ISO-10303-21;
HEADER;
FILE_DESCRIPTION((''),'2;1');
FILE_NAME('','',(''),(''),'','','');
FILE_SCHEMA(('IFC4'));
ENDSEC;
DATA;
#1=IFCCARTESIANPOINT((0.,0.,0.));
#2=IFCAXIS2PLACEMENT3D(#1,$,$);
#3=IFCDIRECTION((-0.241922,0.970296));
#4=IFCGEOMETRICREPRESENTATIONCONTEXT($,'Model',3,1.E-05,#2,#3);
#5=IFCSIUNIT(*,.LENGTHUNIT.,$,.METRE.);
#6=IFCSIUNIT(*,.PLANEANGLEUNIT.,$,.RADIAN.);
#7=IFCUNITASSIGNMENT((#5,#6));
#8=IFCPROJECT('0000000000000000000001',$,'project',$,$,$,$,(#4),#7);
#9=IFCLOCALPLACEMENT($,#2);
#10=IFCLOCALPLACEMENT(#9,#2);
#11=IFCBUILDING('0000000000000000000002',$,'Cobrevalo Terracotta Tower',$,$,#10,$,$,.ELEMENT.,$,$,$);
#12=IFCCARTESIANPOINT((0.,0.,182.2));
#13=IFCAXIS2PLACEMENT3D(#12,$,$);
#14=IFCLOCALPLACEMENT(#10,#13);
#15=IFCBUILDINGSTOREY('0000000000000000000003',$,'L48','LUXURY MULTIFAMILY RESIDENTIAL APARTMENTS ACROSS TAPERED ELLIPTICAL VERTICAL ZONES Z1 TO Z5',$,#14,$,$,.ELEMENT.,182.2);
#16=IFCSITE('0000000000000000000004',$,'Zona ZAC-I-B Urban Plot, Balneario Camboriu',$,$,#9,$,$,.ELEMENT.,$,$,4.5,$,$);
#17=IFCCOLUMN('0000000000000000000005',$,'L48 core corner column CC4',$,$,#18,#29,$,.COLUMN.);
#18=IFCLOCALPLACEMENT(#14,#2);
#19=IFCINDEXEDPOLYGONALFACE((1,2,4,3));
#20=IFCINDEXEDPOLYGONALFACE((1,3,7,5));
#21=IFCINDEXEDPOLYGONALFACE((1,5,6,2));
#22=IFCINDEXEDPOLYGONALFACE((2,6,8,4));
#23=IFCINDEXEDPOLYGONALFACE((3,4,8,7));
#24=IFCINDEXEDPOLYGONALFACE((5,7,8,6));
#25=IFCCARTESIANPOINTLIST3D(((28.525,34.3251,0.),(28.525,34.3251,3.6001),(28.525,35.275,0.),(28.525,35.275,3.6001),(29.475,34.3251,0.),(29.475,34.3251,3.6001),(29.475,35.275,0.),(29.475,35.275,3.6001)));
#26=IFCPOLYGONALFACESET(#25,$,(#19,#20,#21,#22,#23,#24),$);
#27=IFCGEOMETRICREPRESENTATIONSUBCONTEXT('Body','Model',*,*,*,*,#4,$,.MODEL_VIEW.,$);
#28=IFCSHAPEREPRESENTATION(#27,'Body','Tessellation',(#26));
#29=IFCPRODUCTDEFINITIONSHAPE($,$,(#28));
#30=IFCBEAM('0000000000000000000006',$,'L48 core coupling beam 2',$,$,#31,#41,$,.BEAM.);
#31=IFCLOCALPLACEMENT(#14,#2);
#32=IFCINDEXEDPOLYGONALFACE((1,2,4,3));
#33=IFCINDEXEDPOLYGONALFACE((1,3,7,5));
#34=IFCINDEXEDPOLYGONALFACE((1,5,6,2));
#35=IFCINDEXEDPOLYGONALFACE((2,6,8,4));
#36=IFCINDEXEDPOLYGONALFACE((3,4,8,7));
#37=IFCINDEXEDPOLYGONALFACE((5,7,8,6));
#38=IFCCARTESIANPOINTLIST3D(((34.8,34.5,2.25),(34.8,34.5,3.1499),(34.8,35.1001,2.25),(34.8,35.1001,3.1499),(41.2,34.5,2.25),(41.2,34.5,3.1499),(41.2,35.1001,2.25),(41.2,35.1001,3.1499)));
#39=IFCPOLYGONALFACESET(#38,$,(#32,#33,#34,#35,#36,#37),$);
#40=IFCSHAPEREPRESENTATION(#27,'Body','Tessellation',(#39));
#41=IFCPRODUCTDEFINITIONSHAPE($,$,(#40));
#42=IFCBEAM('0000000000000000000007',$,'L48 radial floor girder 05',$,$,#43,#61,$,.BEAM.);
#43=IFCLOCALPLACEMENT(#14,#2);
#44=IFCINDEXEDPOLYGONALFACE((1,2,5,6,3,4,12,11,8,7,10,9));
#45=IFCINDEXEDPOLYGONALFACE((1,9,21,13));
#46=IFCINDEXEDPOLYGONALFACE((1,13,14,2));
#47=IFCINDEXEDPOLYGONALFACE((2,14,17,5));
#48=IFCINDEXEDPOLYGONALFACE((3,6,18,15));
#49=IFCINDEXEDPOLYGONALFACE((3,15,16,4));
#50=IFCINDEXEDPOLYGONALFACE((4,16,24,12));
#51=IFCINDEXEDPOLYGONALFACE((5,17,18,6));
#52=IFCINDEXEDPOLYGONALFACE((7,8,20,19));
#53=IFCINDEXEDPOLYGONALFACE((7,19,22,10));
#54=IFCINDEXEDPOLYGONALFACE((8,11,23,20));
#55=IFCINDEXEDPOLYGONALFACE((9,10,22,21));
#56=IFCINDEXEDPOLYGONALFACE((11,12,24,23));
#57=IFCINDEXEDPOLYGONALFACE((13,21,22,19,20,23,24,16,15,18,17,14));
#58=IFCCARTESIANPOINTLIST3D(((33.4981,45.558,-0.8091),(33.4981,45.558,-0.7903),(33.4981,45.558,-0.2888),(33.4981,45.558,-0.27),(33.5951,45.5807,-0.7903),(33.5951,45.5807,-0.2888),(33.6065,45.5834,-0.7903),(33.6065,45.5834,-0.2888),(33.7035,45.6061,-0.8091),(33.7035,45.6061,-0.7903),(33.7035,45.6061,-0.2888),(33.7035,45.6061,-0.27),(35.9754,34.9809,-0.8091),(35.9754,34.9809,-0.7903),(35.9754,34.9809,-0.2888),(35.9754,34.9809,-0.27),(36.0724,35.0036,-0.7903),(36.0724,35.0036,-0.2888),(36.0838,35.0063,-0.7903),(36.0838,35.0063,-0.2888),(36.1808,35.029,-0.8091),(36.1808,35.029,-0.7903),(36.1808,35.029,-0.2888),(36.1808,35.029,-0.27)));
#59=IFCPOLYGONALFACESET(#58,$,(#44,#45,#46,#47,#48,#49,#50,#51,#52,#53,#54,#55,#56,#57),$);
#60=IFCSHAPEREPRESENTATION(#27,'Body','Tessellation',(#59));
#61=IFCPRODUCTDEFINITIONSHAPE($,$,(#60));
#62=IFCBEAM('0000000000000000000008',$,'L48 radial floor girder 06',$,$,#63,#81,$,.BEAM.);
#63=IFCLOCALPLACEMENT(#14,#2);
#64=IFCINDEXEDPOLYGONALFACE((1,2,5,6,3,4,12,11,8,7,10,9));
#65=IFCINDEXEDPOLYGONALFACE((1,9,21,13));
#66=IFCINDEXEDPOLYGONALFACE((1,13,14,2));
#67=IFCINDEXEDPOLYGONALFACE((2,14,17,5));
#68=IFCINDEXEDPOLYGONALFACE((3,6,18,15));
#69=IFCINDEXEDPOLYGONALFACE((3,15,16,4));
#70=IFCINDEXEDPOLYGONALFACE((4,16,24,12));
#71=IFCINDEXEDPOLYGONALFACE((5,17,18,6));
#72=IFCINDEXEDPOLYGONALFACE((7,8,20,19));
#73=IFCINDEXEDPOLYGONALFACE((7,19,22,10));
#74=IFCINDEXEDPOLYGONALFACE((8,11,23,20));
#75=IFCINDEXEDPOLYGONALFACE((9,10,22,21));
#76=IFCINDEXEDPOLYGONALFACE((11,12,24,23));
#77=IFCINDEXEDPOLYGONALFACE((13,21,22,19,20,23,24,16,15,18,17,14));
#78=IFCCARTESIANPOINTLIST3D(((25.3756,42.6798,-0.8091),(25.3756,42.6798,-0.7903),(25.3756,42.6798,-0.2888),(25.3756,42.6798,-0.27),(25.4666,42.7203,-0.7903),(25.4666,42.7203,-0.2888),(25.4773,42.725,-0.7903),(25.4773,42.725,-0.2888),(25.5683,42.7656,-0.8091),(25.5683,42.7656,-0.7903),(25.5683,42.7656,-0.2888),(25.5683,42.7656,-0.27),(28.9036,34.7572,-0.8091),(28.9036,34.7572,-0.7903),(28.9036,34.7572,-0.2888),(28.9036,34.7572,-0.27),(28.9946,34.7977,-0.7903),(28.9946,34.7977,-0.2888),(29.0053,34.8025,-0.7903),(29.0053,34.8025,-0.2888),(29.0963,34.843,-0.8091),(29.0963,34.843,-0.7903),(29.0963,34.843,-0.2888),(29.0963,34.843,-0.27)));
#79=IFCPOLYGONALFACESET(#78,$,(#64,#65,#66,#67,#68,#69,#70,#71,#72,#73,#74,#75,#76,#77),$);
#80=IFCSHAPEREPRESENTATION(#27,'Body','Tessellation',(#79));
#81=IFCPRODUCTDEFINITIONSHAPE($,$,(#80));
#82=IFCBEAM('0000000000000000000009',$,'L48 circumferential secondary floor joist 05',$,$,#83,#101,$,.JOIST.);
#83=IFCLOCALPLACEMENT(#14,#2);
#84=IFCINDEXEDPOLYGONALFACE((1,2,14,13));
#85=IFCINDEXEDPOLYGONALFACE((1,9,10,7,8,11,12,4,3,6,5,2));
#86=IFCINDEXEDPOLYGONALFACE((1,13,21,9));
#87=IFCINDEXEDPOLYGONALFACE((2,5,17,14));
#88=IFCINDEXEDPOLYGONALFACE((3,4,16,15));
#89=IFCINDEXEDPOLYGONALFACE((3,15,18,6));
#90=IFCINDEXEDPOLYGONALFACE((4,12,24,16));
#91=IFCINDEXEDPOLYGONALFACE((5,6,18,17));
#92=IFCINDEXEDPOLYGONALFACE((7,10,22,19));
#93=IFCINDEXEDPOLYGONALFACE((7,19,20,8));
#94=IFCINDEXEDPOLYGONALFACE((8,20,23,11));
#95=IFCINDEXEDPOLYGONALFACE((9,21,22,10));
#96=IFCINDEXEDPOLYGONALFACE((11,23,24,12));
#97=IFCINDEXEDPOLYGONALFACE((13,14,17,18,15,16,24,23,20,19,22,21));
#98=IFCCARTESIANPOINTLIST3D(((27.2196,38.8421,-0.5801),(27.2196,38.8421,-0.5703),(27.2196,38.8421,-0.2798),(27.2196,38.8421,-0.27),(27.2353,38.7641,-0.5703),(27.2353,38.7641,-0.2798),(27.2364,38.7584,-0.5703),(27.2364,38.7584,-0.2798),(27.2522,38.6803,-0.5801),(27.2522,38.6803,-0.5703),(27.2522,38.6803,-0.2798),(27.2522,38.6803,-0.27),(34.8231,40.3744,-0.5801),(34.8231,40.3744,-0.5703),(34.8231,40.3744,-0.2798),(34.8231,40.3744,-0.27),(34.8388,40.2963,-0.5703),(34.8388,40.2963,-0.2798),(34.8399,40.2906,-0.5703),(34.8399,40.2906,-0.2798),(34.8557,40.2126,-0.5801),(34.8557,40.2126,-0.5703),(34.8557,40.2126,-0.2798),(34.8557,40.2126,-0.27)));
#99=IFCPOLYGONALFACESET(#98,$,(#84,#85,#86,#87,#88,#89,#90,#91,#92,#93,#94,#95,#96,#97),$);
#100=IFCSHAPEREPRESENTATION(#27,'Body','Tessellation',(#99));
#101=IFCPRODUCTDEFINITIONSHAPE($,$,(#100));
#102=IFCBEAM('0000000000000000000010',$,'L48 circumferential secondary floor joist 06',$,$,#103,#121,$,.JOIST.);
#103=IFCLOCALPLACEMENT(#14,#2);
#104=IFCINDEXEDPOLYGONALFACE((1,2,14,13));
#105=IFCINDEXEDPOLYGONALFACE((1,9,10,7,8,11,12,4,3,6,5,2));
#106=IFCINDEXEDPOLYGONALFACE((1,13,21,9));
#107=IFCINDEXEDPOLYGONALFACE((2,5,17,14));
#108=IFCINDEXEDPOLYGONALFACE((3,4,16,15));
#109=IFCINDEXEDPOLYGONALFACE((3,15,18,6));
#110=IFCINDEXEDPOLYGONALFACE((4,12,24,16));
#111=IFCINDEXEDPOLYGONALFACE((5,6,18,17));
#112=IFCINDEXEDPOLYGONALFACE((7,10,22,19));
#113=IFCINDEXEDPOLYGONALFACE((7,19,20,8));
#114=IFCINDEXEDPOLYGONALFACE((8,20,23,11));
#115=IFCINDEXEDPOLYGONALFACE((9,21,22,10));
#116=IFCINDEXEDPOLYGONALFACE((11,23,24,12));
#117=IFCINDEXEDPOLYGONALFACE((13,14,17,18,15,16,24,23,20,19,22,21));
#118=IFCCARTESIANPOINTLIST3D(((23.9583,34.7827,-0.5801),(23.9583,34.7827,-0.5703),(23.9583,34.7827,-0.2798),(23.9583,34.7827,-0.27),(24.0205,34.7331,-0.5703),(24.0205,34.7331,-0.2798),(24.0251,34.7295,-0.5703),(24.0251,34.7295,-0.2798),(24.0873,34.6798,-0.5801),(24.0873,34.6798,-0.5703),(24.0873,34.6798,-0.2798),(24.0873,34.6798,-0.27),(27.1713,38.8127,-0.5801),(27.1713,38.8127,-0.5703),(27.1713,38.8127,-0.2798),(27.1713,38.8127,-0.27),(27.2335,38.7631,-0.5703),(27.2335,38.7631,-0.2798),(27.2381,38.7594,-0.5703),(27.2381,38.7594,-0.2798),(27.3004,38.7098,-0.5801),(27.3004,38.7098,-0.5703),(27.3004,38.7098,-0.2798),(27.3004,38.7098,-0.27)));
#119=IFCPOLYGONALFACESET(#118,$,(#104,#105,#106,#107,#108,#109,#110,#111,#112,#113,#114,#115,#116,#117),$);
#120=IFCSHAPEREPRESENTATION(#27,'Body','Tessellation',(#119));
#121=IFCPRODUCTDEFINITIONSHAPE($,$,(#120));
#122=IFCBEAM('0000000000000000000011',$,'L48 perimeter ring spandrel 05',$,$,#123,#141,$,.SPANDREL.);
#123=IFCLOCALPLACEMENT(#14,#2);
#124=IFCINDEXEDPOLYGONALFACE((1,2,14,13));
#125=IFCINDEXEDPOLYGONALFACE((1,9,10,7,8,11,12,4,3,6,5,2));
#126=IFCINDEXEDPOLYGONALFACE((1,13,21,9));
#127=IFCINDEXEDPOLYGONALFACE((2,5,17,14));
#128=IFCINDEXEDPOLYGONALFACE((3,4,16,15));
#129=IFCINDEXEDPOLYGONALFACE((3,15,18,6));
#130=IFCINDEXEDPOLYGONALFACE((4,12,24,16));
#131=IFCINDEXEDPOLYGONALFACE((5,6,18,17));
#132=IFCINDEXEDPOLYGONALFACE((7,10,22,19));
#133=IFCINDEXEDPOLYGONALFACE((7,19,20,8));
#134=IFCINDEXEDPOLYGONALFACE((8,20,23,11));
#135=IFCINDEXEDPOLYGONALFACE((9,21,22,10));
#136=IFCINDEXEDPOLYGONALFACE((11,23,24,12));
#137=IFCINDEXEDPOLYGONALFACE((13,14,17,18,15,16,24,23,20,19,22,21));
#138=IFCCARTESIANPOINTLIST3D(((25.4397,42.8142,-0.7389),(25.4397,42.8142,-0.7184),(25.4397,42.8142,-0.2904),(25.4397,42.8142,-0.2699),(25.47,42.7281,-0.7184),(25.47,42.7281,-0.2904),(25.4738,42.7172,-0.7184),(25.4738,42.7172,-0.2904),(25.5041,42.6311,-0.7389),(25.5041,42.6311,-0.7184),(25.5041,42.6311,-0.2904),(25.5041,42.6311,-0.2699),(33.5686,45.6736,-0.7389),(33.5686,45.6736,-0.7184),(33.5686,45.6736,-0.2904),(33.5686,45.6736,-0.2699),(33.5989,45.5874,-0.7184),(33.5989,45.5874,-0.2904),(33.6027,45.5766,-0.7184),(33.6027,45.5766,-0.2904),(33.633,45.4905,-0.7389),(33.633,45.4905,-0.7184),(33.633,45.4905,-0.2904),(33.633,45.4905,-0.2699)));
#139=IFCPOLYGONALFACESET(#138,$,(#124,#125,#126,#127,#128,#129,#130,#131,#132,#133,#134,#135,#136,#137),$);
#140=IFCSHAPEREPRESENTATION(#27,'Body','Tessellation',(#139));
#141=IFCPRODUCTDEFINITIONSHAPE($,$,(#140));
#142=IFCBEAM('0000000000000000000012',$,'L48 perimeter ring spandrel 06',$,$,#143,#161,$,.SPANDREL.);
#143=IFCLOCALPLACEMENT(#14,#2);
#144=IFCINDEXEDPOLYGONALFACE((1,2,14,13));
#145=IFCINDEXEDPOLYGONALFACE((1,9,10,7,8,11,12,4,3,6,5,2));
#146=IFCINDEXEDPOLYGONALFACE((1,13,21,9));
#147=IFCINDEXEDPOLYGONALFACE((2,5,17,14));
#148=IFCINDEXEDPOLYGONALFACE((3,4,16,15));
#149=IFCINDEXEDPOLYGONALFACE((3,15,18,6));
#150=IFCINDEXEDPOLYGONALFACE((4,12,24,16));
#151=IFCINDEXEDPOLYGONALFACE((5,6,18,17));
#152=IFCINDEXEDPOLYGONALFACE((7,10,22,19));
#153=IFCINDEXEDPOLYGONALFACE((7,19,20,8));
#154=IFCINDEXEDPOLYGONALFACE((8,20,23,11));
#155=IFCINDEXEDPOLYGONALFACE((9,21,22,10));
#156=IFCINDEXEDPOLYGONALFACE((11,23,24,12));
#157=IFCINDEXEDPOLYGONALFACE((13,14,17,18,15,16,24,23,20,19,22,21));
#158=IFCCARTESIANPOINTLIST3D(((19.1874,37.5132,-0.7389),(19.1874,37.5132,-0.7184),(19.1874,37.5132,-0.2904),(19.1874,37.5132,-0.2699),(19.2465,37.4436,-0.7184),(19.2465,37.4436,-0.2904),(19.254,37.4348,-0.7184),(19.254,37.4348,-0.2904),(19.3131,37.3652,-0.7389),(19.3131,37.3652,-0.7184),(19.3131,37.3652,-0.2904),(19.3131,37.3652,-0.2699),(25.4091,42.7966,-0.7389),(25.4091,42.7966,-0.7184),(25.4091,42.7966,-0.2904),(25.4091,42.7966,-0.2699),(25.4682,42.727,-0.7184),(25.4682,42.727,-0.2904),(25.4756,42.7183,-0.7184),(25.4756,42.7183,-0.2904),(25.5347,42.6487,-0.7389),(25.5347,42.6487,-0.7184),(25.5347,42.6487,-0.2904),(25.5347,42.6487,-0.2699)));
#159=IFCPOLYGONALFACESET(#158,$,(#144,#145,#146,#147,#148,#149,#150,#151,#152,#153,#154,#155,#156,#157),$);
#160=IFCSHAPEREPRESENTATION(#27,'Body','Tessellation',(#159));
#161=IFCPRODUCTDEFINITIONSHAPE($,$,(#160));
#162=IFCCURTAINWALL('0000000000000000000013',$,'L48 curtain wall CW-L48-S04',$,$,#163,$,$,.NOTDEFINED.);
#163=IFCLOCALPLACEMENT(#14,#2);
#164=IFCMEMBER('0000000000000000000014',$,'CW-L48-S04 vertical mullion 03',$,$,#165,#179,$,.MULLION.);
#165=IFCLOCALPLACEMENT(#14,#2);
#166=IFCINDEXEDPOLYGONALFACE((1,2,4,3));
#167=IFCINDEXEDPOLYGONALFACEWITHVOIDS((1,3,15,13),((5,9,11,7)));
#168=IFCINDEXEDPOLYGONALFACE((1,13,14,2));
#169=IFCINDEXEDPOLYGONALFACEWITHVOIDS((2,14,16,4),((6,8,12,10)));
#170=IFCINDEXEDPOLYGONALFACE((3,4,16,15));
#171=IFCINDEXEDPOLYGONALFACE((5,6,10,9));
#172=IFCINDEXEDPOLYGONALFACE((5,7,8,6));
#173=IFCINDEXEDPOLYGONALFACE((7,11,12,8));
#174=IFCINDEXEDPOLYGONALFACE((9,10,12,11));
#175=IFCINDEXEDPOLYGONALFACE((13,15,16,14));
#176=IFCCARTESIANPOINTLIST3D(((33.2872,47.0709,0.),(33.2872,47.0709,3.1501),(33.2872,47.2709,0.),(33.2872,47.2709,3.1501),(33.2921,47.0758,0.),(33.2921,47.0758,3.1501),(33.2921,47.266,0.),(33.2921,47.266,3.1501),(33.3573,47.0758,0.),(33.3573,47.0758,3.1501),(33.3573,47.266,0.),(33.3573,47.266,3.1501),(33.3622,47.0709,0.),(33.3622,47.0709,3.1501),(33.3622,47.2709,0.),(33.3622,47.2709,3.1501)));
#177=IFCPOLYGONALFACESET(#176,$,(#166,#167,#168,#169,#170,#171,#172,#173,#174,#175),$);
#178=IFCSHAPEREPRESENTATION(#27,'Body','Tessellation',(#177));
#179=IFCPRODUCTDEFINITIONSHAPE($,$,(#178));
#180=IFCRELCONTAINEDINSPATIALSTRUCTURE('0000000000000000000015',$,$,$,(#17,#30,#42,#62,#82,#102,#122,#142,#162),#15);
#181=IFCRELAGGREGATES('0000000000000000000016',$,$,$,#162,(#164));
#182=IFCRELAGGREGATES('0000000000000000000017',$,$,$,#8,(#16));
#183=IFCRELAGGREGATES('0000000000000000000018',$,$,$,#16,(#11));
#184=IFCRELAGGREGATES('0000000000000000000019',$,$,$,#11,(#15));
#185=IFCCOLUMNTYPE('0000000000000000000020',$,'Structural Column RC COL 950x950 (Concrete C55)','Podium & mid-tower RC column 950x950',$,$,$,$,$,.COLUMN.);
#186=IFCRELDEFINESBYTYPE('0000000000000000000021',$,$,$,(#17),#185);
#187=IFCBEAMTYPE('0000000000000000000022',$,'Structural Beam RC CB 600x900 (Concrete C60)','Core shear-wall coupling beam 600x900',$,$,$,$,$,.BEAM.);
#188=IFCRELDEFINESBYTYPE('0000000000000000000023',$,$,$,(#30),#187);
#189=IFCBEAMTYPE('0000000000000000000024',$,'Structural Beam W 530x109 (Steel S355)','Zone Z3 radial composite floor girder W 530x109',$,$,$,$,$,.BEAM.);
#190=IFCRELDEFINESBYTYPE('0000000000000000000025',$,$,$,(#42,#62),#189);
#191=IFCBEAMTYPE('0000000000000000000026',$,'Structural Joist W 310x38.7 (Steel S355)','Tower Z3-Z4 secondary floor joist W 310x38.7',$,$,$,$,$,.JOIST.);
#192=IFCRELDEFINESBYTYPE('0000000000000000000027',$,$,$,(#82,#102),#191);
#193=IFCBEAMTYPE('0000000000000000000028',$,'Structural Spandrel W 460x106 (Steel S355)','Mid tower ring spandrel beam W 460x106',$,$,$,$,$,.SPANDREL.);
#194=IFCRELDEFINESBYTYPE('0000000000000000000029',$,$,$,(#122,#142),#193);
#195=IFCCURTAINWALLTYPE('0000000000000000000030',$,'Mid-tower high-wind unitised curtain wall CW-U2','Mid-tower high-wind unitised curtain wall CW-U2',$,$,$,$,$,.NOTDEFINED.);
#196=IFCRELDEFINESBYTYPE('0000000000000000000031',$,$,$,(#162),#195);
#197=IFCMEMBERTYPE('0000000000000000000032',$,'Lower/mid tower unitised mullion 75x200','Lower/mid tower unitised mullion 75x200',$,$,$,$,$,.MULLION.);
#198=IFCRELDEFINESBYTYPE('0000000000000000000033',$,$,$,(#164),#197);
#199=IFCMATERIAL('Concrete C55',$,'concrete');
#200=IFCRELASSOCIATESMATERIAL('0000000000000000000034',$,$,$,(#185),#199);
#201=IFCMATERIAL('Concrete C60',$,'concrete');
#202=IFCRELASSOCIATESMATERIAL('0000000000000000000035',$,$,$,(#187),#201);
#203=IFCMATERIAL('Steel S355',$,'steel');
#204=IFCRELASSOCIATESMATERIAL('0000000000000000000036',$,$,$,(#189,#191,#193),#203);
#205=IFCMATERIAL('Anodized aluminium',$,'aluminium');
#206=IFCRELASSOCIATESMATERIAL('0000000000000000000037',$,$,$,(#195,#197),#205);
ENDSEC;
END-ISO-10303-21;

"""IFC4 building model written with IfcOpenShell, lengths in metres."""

from ifc_helpers import new_model, si_unit, direction, frame, origin, origin_2d, place, context, subcontext, project, spatial, rectangle, hollow_rectangle, i_section, extrude, source, transform, mapped, material, material_profile, profile_set, type_object, element, aggregate, save


model = new_model("IFC4")

# Units and contexts
model_context = context("Model", 3, precision=1e-05, world=origin(), true_north=direction((-0.241922, 0.970296)))
body_context = subcontext(model_context, "Body", "Model", "MODEL_VIEW")
ifc_project = project(units=[si_unit("LENGTHUNIT", "METRE"), si_unit("PLANEANGLEUNIT", "RADIAN")], contexts=[model_context])

# Site, building, storey
site_placement = place(None, origin())
site = spatial("IfcSite", under=ifc_project, at=site_placement, Name="Zona ZAC-I-B Urban Plot, Balneario Camboriu", CompositionType="ELEMENT", RefElevation=4.5)
building_placement = place(site_placement, origin())
building = spatial("IfcBuilding", under=site, at=building_placement, Name="Cobrevalo Terracotta Tower", CompositionType="ELEMENT")
storey_placement = place(building_placement, frame((0.0, 0.0, 182.2)))
storey = spatial("IfcBuildingStorey", under=building, at=storey_placement, Name="L48", Description="LUXURY MULTIFAMILY RESIDENTIAL APARTMENTS ACROSS TAPERED ELLIPTICAL VERTICAL ZONES Z1 TO Z5", CompositionType="ELEMENT", Elevation=182.2)

# Column
ifc_material_1 = material(Name="Steel S355", Category="steel")
ifc_material_2 = material(Name="Concrete C55", Category="concrete")
ifc_material_profile_1 = material_profile(ifc_material_2, rectangle(XDim=0.95, YDim=0.95, at=origin_2d()), Name="RC COL 950x950")
ifc_profile_set_1 = profile_set([ifc_material_profile_1], Name="Concrete C55")
column_type_1 = type_object("IfcColumnType", Name="Structural Column RC COL 950x950 (Concrete C55)", Description="Podium & mid-tower RC column 950x950", PredefinedType="COLUMN", material=ifc_profile_set_1)
column_placement = place(storey_placement, frame((29.0, 34.8, 0.0), z_axis=(0.0, 0.0, 1.0), x_axis=(1.0, 0.0, 0.0)))
element("IfcColumn", 1, at=column_placement, inside=storey, type_object=column_type_1, Name="L48 core corner column CC4", PredefinedType="COLUMN", context=body_context, shape_type="SweptSolid", body=[
    extrude(rectangle(XDim=0.95, YDim=0.95, at=origin_2d()), origin(), (0.0, 0.0, 1.0), 3.6001),
])

# Beams
ifc_material_3 = material(Name="Concrete C60", Category="concrete")
ifc_material_profile_2 = material_profile(ifc_material_3, rectangle(XDim=0.6001, YDim=0.8999, at=origin_2d()), Name="RC CB 600x900")
ifc_profile_set_2 = profile_set([ifc_material_profile_2], Name="Concrete C60")
beam_type_1 = type_object("IfcBeamType", Name="Structural Beam RC CB 600x900 (Concrete C60)", Description="Core shear-wall coupling beam 600x900", PredefinedType="BEAM", material=ifc_profile_set_2)
beam_1_placement = place(storey_placement, frame((34.8, 34.8, 2.7), z_axis=(1.0, 0.0, 0.0), x_axis=(0.0, 1.0, 0.0)))
element("IfcBeam", 2, at=beam_1_placement, inside=storey, type_object=beam_type_1, Name="L48 core coupling beam 2", PredefinedType="BEAM", context=body_context, shape_type="SweptSolid", body=[
    extrude(rectangle(XDim=0.6001, YDim=0.8999, at=origin_2d()), origin(), (0.0, 0.0, 1.0), 6.3999),
])
ifc_material_profile_3 = material_profile(ifc_material_1, i_section(OverallWidth=0.2109, OverallDepth=0.5391, WebThickness=0.0117, FlangeThickness=0.0188, at=origin_2d()), Name="W 530x109")
ifc_profile_set_3 = profile_set([ifc_material_profile_3], Name="Steel S355")
beam_type_2 = type_object("IfcBeamType", Name="Structural Beam W 530x109 (Steel S355)", Description="Zone Z3 radial composite floor girder W 530x109", PredefinedType="BEAM", material=ifc_profile_set_3)
beam_2_placement = place(storey_placement, frame((33.6008, 45.582, -0.5396), z_axis=(0.228041, -0.973652, 0.0), x_axis=(0.973652, 0.228041, 0.0)))
element("IfcBeam", 3, at=beam_2_placement, inside=storey, type_object=beam_type_2, Name="L48 radial floor girder 05", PredefinedType="BEAM", context=body_context, shape_type="SweptSolid", body=[
    extrude(i_section(OverallWidth=0.2109, OverallDepth=0.5391, WebThickness=0.0117, FlangeThickness=0.0188, at=origin_2d()), origin(), (0.0, 0.0, 1.0), 10.8633),
])
beam_3_placement = place(storey_placement, frame((25.4719, 42.7227, -0.5396), z_axis=(0.406804, -0.913515, 0.0), x_axis=(0.913515, 0.406804, 0.0)))
element("IfcBeam", 4, at=beam_3_placement, inside=storey, type_object=beam_type_2, Name="L48 radial floor girder 06", PredefinedType="BEAM", context=body_context, shape_type="SweptSolid", body=[
    extrude(i_section(OverallWidth=0.2109, OverallDepth=0.5391, WebThickness=0.0117, FlangeThickness=0.0188, at=origin_2d()), origin(), (0.0, 0.0, 1.0), 8.6726),
])
ifc_material_profile_4 = material_profile(ifc_material_1, i_section(OverallWidth=0.165, OverallDepth=0.3101, WebThickness=0.0059, FlangeThickness=0.0098, at=origin_2d()), Name="W 310x38.7")
ifc_profile_set_4 = profile_set([ifc_material_profile_4], Name="Steel S355")
beam_type_3 = type_object("IfcBeamType", Name="Structural Joist W 310x38.7 (Steel S355)", Description="Tower Z3-Z4 secondary floor joist W 310x38.7", PredefinedType="JOIST", material=ifc_profile_set_4)
beam_4_placement = place(storey_placement, frame((34.8394, 40.2935, -0.425), z_axis=(-0.980294, -0.197544, 0.0), x_axis=(0.197544, -0.980294, 0.0)))
element("IfcBeam", 5, at=beam_4_placement, inside=storey, type_object=beam_type_3, Name="L48 circumferential secondary floor joist 05", PredefinedType="JOIST", context=body_context, shape_type="SweptSolid", body=[
    extrude(i_section(OverallWidth=0.165, OverallDepth=0.3101, WebThickness=0.0059, FlangeThickness=0.0098, at=origin_2d()), origin(), (0.0, 0.0, 1.0), 7.7563),
])
beam_5_placement = place(storey_placement, frame((27.2358, 38.7612, -0.425), z_axis=(-0.623406, -0.781898, 0.0), x_axis=(0.781898, -0.623406, 0.0)))
element("IfcBeam", 6, at=beam_5_placement, inside=storey, type_object=beam_type_3, Name="L48 circumferential secondary floor joist 06", PredefinedType="JOIST", context=body_context, shape_type="SweptSolid", body=[
    extrude(i_section(OverallWidth=0.165, OverallDepth=0.3101, WebThickness=0.0059, FlangeThickness=0.0098, at=origin_2d()), origin(), (0.0, 0.0, 1.0), 5.1541),
])
ifc_material_profile_5 = material_profile(ifc_material_1, i_section(OverallWidth=0.1941, OverallDepth=0.469, WebThickness=0.0115, FlangeThickness=0.0205, at=origin_2d()), Name="W 460x106")
ifc_profile_set_5 = profile_set([ifc_material_profile_5], Name="Steel S355")
beam_type_4 = type_object("IfcBeamType", Name="Structural Spandrel W 460x106 (Steel S355)", Description="Mid tower ring spandrel beam W 460x106", PredefinedType="SPANDREL", material=ifc_profile_set_5)
beam_6_placement = place(storey_placement, frame((33.6008, 45.582, -0.5044), z_axis=(-0.943341, -0.331824, 0.0), x_axis=(0.331824, -0.943341, 0.0)))
element("IfcBeam", 7, at=beam_6_placement, inside=storey, type_object=beam_type_4, Name="L48 perimeter ring spandrel 05", PredefinedType="SPANDREL", context=body_context, shape_type="SweptSolid", body=[
    extrude(i_section(OverallWidth=0.1941, OverallDepth=0.469, WebThickness=0.0115, FlangeThickness=0.0205, at=origin_2d()), origin(), (0.0, 0.0, 1.0), 8.6172),
])
beam_7_placement = place(storey_placement, frame((25.4719, 42.7227, -0.5044), z_axis=(-0.76224, -0.647294, 0.0), x_axis=(0.647294, -0.76224, 0.0)))
element("IfcBeam", 8, at=beam_7_placement, inside=storey, type_object=beam_type_4, Name="L48 perimeter ring spandrel 06", PredefinedType="SPANDREL", context=body_context, shape_type="SweptSolid", body=[
    extrude(i_section(OverallWidth=0.1941, OverallDepth=0.469, WebThickness=0.0115, FlangeThickness=0.0205, at=origin_2d()), origin(), (0.0, 0.0, 1.0), 8.1624),
])

# Curtain wall, member
ifc_material_4 = material(Name="Anodized aluminium", Category="aluminium")
curtain_wall_type = type_object("IfcCurtainWallType", Name="Mid-tower high-wind unitised curtain wall CW-U2", Description="Mid-tower high-wind unitised curtain wall CW-U2", PredefinedType="NOTDEFINED", material=ifc_material_4)
curtain_wall_placement = place(storey_placement, origin())
curtain_wall = element("IfcCurtainWall", 9, at=curtain_wall_placement, inside=storey, type_object=curtain_wall_type, Name="L48 curtain wall CW-L48-S04", PredefinedType="NOTDEFINED")
ifc_material_profile_6 = material_profile(ifc_material_4, hollow_rectangle(XDim=0.075, YDim=0.2, WallThickness=0.0049, at=origin_2d()), Name="CWM 75x200")
ifc_profile_set_6 = profile_set([ifc_material_profile_6], Name="Anodized aluminium")
member_type = type_object("IfcMemberType", Name="Lower/mid tower unitised mullion 75x200", Description="Lower/mid tower unitised mullion 75x200", PredefinedType="MULLION", material=ifc_profile_set_6)
shared_shape_1 = source(origin(), body_context, "Body", "SweptSolid", [
    extrude(hollow_rectangle(XDim=0.075, YDim=0.2, WallThickness=0.0049, at=origin_2d()), origin(), (0.0, 0.0, 1.0), 3.1501),
])
member_placement = place(storey_placement, frame((33.3247, 47.1709, 0.0), z_axis=(0.0, 0.0, 1.0), x_axis=(-1.0, 0.0, 0.0)))
member = element("IfcMember", 10, at=member_placement, type_object=member_type, Name="CW-L48-S04 vertical mullion 03", PredefinedType="MULLION", context=body_context, shape_type="MappedRepresentation", body=[
    mapped(shared_shape_1, transform((0.0, 0.0, 0.0), scale=1.0)),
])
aggregate(curtain_wall, [member])

save(model, "model.ifc")
